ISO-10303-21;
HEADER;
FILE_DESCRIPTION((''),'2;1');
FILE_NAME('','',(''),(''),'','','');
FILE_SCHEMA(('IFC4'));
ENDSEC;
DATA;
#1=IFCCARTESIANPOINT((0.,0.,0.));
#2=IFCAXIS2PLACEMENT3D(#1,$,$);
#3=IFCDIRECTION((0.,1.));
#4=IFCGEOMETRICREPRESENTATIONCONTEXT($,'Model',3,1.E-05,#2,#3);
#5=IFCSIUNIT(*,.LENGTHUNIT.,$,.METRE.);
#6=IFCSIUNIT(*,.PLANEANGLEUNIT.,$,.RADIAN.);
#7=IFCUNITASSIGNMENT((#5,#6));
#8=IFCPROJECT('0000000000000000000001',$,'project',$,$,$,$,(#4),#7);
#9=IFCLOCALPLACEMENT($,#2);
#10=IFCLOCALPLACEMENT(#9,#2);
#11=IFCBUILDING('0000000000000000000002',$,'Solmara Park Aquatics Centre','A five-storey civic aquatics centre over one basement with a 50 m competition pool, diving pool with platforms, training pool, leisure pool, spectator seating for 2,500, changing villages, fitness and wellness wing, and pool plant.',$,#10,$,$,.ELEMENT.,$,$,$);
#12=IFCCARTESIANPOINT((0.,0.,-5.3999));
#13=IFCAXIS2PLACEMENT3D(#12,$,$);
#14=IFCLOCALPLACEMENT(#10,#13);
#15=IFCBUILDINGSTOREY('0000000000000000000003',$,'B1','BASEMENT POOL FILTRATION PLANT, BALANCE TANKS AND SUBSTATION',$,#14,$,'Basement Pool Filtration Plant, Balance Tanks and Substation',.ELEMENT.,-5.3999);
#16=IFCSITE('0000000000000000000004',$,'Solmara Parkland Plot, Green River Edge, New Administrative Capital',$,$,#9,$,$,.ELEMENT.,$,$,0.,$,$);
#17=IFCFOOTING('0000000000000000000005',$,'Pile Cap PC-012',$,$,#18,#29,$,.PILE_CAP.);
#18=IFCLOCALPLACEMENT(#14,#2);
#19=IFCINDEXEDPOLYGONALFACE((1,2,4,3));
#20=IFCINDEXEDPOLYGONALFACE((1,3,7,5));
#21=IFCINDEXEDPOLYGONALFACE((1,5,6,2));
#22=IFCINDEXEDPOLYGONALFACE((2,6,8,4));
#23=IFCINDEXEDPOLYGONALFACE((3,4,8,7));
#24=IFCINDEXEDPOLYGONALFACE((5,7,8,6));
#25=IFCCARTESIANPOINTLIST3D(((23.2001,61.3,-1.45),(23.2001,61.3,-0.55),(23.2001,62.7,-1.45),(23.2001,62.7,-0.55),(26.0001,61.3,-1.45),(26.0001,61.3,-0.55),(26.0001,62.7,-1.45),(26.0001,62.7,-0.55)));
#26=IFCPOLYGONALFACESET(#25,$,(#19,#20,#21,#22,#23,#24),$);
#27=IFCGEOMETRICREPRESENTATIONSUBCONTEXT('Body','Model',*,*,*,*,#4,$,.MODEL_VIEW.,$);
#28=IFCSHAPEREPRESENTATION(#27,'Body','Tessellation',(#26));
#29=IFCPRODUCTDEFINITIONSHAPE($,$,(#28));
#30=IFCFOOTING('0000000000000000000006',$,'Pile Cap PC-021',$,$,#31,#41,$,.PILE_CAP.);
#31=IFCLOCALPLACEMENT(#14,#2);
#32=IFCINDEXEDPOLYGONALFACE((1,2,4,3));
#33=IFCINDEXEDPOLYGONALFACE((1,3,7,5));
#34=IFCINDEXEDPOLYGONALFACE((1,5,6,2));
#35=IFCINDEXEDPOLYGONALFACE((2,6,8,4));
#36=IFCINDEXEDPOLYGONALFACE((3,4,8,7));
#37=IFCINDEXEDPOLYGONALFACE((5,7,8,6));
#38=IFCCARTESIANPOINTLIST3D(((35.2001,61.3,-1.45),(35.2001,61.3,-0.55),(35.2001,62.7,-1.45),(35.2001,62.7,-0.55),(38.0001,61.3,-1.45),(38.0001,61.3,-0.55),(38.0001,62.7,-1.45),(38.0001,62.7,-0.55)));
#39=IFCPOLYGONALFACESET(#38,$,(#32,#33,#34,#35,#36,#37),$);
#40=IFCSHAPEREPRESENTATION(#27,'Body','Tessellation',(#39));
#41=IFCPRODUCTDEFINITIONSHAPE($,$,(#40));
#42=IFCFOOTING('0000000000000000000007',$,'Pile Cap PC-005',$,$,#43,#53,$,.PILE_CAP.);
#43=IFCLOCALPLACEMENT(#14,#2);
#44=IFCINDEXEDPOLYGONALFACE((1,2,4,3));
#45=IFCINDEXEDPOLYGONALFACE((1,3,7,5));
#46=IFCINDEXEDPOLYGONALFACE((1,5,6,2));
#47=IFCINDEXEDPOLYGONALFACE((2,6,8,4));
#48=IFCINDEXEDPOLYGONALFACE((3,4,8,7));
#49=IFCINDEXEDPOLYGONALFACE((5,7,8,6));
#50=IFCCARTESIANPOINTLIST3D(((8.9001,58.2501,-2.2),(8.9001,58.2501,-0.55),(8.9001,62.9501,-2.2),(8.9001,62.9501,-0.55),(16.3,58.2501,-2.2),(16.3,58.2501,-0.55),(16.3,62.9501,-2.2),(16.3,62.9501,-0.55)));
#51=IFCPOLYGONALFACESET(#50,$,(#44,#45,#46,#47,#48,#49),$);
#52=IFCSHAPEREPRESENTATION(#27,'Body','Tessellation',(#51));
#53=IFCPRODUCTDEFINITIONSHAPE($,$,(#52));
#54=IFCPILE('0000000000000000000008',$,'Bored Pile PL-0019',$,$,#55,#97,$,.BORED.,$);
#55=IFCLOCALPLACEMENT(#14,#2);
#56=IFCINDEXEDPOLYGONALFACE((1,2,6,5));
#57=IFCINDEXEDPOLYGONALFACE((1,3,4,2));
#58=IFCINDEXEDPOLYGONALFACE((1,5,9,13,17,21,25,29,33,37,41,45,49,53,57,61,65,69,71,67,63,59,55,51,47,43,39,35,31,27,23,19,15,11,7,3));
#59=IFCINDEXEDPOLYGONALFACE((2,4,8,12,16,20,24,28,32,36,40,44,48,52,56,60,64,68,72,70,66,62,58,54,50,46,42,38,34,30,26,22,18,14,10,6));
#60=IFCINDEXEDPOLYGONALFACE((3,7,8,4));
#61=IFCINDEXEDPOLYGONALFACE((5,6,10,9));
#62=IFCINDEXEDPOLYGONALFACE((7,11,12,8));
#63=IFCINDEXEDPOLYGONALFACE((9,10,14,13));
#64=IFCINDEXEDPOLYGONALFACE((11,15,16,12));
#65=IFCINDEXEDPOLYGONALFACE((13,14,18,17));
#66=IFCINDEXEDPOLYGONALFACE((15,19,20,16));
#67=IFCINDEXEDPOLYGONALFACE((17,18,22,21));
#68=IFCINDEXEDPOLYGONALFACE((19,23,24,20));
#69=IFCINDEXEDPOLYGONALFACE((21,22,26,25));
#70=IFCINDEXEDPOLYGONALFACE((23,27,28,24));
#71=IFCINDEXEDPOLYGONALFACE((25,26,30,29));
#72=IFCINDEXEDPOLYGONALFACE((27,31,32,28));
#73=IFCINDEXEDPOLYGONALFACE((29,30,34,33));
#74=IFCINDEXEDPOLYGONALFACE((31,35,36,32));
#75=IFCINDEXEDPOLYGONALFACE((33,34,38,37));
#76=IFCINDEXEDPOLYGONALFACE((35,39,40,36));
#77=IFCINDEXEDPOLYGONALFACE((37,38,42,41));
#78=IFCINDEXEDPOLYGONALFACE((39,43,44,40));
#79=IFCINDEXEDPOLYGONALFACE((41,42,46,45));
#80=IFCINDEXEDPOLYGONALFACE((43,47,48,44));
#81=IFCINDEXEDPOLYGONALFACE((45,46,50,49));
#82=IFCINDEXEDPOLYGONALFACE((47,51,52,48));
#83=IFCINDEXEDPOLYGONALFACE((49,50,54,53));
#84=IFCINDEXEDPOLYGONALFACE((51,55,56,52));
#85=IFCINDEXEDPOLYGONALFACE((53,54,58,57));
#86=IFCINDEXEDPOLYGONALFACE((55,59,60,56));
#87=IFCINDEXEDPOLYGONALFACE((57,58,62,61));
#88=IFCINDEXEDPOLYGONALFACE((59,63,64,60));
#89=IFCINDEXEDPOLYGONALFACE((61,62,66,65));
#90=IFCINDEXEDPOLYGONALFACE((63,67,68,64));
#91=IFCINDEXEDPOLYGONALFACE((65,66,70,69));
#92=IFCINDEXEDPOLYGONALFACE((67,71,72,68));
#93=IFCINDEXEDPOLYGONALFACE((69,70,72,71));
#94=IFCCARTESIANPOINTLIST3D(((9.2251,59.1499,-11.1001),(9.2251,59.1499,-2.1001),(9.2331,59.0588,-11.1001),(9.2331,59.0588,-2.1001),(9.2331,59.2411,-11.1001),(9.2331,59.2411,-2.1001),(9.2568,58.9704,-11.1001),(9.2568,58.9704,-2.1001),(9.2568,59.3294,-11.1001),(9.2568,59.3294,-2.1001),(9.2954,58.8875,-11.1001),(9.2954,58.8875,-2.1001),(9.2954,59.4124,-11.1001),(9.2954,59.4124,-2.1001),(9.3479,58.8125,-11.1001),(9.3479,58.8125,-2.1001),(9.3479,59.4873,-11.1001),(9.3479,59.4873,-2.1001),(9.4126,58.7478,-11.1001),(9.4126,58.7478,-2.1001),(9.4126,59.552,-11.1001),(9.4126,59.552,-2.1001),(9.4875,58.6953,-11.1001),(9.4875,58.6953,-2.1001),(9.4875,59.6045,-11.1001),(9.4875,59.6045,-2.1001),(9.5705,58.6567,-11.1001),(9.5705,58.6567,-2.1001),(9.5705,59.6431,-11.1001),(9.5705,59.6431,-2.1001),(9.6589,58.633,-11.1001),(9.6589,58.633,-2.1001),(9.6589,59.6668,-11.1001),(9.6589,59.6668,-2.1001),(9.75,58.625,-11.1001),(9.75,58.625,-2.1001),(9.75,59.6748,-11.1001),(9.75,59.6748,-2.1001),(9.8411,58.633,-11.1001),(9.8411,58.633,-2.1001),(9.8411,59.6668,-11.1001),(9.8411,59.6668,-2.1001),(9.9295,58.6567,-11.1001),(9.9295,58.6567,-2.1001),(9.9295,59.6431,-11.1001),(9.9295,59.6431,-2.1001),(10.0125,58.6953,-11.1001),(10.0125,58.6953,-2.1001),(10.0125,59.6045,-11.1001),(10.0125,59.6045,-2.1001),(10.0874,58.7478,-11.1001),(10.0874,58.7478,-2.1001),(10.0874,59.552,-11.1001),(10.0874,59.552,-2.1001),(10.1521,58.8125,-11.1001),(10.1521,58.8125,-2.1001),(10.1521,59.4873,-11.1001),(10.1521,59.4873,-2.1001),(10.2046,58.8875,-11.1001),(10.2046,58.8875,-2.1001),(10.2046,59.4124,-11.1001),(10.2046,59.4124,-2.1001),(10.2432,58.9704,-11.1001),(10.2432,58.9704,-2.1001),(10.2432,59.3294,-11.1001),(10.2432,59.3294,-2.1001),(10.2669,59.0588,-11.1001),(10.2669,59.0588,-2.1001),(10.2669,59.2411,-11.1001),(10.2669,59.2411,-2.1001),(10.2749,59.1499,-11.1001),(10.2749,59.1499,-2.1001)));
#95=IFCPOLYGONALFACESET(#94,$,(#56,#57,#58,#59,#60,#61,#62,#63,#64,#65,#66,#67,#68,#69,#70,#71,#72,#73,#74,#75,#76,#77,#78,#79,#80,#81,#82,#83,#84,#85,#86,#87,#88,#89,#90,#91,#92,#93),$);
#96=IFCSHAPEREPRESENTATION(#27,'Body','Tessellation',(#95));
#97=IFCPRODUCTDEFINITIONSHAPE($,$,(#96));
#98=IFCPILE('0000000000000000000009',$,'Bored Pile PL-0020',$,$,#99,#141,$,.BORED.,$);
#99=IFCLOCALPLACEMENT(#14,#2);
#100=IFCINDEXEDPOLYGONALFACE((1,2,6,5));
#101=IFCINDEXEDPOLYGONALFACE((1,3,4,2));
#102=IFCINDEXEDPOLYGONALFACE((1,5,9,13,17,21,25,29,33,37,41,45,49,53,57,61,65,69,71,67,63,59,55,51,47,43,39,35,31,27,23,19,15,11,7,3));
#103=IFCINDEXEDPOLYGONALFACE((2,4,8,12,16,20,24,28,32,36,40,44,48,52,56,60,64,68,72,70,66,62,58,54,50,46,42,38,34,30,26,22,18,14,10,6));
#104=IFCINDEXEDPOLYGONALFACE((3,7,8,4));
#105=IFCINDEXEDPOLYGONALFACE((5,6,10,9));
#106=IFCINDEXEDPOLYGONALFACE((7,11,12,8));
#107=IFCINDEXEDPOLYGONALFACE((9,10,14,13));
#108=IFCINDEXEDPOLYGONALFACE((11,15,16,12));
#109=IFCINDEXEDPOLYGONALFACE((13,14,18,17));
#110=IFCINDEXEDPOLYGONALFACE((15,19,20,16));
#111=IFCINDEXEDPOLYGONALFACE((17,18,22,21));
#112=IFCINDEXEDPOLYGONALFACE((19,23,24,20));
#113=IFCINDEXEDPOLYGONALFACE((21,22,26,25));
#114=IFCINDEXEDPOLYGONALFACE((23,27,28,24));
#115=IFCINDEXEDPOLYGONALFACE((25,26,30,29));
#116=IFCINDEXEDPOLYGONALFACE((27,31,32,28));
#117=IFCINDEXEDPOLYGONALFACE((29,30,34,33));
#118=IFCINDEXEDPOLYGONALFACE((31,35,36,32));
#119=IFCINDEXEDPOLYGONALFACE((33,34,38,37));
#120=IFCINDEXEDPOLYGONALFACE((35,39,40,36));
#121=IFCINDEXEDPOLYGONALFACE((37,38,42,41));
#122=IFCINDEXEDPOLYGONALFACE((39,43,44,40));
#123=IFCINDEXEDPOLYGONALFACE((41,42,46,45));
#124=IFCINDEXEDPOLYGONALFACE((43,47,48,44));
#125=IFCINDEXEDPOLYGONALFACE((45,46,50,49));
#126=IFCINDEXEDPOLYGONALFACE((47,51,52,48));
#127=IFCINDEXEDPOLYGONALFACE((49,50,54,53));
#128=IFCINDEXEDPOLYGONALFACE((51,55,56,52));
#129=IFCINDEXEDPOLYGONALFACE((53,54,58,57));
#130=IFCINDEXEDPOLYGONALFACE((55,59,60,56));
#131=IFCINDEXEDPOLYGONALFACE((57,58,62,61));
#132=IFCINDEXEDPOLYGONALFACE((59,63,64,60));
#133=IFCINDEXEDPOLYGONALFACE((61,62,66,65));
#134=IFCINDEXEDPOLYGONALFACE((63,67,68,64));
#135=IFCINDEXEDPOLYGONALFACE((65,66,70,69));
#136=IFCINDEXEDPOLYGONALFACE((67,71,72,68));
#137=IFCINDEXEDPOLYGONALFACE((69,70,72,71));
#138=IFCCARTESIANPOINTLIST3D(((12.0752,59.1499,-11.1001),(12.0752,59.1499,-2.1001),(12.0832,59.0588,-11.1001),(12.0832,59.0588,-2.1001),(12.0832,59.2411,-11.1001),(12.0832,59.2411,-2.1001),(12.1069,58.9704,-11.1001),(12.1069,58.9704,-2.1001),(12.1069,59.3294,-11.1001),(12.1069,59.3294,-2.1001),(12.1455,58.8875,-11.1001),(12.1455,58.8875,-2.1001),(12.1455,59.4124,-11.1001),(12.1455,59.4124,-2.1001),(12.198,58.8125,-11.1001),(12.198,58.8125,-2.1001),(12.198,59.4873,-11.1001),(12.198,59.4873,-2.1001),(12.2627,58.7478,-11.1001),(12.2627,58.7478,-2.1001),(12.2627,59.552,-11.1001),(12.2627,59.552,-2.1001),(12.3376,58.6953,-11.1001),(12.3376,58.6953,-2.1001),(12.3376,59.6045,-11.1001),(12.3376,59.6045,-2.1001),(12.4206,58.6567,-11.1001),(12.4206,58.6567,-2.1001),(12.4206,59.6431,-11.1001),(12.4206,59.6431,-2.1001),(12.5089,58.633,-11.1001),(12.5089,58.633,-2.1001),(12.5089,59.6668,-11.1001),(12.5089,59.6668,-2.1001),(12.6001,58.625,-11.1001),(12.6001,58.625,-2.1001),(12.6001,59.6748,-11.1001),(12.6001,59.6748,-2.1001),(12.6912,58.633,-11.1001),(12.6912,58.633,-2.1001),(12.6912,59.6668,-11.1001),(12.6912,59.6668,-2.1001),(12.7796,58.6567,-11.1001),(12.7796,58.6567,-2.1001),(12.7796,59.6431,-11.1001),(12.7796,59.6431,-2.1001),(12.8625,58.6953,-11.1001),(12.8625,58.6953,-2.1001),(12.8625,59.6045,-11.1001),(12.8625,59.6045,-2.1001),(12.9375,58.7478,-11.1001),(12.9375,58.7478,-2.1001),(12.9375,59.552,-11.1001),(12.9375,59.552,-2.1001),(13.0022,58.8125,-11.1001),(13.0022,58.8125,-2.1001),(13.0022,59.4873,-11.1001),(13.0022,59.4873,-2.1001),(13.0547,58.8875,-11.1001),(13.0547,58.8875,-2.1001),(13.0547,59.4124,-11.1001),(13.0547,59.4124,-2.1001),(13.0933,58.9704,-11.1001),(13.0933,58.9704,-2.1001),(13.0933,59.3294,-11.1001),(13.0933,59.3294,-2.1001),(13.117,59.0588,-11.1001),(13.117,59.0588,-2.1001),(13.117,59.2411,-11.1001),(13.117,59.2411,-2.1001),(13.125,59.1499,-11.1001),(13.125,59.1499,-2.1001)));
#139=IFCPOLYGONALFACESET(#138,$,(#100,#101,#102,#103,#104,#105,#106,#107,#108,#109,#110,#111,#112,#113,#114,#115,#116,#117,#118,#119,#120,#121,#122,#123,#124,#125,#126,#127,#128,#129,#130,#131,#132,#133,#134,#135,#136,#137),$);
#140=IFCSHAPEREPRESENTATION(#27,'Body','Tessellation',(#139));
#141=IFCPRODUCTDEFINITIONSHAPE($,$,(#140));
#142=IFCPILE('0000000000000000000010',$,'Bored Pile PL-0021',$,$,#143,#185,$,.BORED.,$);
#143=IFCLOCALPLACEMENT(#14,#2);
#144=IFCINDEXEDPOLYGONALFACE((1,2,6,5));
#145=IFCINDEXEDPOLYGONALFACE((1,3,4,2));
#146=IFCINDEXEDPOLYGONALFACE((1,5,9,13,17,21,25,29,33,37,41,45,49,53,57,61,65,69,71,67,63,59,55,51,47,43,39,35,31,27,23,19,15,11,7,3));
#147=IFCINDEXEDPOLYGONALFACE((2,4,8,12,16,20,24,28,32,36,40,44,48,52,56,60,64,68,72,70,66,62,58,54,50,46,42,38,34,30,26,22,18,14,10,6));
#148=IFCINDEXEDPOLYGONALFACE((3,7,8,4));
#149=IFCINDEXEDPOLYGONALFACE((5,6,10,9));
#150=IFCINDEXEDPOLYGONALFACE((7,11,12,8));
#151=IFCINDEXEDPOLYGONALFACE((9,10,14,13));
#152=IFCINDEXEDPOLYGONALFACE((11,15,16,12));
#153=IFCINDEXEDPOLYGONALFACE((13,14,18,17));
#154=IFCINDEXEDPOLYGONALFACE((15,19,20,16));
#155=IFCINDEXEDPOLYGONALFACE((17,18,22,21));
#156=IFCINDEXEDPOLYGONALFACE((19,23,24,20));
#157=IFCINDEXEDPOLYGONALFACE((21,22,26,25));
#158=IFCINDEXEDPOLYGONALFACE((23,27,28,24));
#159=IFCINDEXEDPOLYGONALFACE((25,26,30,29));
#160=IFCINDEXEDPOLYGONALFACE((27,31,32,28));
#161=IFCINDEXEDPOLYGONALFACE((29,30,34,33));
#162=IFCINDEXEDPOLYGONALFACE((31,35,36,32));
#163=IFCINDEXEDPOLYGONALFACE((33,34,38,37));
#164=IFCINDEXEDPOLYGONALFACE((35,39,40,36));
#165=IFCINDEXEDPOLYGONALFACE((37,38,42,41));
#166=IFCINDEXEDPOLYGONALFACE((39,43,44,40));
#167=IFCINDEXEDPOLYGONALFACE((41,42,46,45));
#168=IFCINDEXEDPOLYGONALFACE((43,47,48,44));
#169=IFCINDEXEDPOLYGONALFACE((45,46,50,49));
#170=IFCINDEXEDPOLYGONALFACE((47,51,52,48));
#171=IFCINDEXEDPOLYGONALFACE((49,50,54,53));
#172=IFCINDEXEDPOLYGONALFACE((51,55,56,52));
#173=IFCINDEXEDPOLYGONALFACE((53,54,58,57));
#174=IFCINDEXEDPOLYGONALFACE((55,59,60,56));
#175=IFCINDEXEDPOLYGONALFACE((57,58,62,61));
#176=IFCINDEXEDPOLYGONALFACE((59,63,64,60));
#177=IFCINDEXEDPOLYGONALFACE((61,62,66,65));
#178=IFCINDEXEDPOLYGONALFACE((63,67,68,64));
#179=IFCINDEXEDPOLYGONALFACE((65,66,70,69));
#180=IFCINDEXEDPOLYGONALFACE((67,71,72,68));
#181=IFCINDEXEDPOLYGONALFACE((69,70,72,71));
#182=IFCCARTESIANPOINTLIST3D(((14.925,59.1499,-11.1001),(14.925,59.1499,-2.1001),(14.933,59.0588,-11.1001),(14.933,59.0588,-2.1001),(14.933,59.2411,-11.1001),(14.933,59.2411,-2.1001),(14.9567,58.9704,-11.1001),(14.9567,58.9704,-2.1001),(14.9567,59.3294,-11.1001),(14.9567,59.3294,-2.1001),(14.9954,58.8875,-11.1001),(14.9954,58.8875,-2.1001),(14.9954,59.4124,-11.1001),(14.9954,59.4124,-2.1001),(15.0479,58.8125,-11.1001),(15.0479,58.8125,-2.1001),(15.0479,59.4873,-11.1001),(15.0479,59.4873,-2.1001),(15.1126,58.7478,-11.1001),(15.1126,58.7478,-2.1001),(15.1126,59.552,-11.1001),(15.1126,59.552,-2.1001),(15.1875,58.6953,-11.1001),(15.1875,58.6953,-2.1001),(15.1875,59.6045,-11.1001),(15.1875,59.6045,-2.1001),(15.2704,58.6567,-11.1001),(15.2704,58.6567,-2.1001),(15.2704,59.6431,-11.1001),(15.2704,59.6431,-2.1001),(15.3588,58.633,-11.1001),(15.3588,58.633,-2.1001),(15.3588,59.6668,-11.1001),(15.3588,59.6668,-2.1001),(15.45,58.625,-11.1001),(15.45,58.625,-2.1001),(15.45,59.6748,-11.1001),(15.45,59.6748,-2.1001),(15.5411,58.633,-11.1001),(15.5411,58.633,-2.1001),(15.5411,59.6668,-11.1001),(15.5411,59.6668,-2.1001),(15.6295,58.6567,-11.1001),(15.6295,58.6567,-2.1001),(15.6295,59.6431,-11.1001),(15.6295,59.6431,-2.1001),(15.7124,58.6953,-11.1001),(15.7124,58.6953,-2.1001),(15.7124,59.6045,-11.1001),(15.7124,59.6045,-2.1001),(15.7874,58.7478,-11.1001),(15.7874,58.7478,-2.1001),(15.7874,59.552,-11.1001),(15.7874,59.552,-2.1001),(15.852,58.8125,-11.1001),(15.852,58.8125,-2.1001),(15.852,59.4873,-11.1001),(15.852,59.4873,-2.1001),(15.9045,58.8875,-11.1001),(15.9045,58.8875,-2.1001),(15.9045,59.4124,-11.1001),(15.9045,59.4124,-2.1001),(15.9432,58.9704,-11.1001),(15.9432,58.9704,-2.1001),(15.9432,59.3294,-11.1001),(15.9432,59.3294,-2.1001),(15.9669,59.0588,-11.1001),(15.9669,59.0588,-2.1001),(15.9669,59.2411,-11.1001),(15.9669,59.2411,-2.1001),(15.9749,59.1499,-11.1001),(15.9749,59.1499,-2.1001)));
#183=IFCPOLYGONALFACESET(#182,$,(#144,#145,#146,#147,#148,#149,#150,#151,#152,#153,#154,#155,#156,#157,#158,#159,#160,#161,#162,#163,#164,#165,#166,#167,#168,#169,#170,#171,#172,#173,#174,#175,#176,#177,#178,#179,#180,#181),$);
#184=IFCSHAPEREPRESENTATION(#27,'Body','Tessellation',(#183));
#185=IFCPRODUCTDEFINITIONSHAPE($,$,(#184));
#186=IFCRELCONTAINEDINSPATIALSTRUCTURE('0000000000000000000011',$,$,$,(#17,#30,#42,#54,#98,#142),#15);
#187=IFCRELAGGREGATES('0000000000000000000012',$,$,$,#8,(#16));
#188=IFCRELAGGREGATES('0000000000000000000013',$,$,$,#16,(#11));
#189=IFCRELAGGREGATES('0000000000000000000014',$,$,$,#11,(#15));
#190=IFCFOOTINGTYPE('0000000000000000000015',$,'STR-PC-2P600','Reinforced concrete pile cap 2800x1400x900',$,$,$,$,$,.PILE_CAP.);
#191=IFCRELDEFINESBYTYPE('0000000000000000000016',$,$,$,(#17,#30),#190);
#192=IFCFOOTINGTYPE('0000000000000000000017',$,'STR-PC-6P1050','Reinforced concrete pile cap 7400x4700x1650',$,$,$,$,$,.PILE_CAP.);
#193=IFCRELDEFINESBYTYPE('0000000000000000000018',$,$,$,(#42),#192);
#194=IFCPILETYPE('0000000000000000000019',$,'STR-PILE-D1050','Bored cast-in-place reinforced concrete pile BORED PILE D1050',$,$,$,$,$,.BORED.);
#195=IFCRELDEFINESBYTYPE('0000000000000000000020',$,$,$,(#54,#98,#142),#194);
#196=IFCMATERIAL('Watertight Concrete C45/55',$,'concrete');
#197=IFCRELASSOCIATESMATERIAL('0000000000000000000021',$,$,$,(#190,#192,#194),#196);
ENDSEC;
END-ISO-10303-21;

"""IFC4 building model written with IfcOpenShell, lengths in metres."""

from ifc_helpers import new_model, si_unit, direction, frame, origin, origin_2d, place, context, subcontext, project, spatial, rectangle, circle, extrude, material, material_profile, profile_set, type_object, element, save


model = new_model("IFC4")

# Units and contexts
model_context = context("Model", 3, precision=1e-05, world=origin(), true_north=direction((0.0, 1.0)))
body_context = subcontext(model_context, "Body", "Model", "MODEL_VIEW")
ifc_project = project(units=[si_unit("LENGTHUNIT", "METRE"), si_unit("PLANEANGLEUNIT", "RADIAN")], contexts=[model_context])

# Site, building, storey
site_placement = place(None, origin())
site = spatial("IfcSite", under=ifc_project, at=site_placement, Name="Solmara Parkland Plot, Green River Edge, New Administrative Capital", CompositionType="ELEMENT", RefElevation=0.0)
building_placement = place(site_placement, origin())
building = spatial("IfcBuilding", under=site, at=building_placement, Name="Solmara Park Aquatics Centre", Description="A five-storey civic aquatics centre over one basement with a 50 m competition pool, diving pool with platforms, training pool, leisure pool, spectator seating for 2,500, changing villages, fitness and wellness wing, and pool plant.", CompositionType="ELEMENT")
storey_placement = place(building_placement, frame((0.0, 0.0, -5.3999)))
storey = spatial("IfcBuildingStorey", under=building, at=storey_placement, Name="B1", Description="BASEMENT POOL FILTRATION PLANT, BALANCE TANKS AND SUBSTATION", LongName="Basement Pool Filtration Plant, Balance Tanks and Substation", CompositionType="ELEMENT", Elevation=-5.3999)

# Footings
ifc_material_1 = material(Name="Watertight Concrete C45/55", Category="concrete")
footing_type_1 = type_object("IfcFootingType", Name="STR-PC-2P600", Description="Reinforced concrete pile cap 2800x1400x900", PredefinedType="PILE_CAP", material=ifc_material_1)
for number, where, z_axis, x_axis, name in (
    (1, (24.6001, 62.0, -1.45), (0.0, 0.0, 1.0), (1.0, 0.0, 0.0), "Pile Cap PC-012"),
    (2, (36.6001, 62.0, -1.45), (0.0, 0.0, 1.0), (1.0, 0.0, 0.0), "Pile Cap PC-021"),
):
    element("IfcFooting", number, at=place(storey_placement, frame(where, z_axis=z_axis, x_axis=x_axis)), inside=storey, type_object=footing_type_1, Name=name, PredefinedType="PILE_CAP", context=body_context, shape_type="SweptSolid", body=[
        extrude(rectangle(XDim=2.8, YDim=1.3999, at=origin_2d()), origin(), (0.0, 0.0, 1.0), 0.8999),
    ])
footing_type_2 = type_object("IfcFootingType", Name="STR-PC-6P1050", Description="Reinforced concrete pile cap 7400x4700x1650", PredefinedType="PILE_CAP", material=ifc_material_1)
footing_1_placement = place(storey_placement, frame((12.6001, 60.6001, -2.2), z_axis=(0.0, 0.0, 1.0), x_axis=(1.0, 0.0, 0.0)))
element("IfcFooting", 3, at=footing_1_placement, inside=storey, type_object=footing_type_2, Name="Pile Cap PC-005", PredefinedType="PILE_CAP", context=body_context, shape_type="SweptSolid", body=[
    extrude(rectangle(XDim=7.3999, YDim=4.7, at=origin_2d()), origin(), (0.0, 0.0, 1.0), 1.6499),
])

# Piles
ifc_material_profile_1 = material_profile(ifc_material_1, circle(Radius=0.5249, at=origin_2d()), Name="BORED PILE D1050")
ifc_profile_set_1 = profile_set([ifc_material_profile_1], Name="Watertight Concrete C45/55")
pile_type_1 = type_object("IfcPileType", Name="STR-PILE-D1050", Description="Bored cast-in-place reinforced concrete pile BORED PILE D1050", PredefinedType="BORED", material=ifc_profile_set_1)
for number, where, z_axis, x_axis, name in (
    (4, (9.75, 59.1499, -2.1001), (0.0, 0.0, -1.0), (1.0, 0.0, 0.0), "Bored Pile PL-0019"),
    (5, (12.6001, 59.1499, -2.1001), (0.0, 0.0, -1.0), (1.0, 0.0, 0.0), "Bored Pile PL-0020"),
    (6, (15.45, 59.1499, -2.1001), (0.0, 0.0, -1.0), (1.0, 0.0, 0.0), "Bored Pile PL-0021"),
):
    element("IfcPile", number, at=place(storey_placement, frame(where, z_axis=z_axis, x_axis=x_axis)), inside=storey, type_object=pile_type_1, Name=name, PredefinedType="BORED", context=body_context, shape_type="SweptSolid", body=[
        extrude(circle(Radius=0.5249, at=origin_2d()), origin(), (0.0, 0.0, 1.0), 9.0),
    ])

save(model, "model.ifc")
